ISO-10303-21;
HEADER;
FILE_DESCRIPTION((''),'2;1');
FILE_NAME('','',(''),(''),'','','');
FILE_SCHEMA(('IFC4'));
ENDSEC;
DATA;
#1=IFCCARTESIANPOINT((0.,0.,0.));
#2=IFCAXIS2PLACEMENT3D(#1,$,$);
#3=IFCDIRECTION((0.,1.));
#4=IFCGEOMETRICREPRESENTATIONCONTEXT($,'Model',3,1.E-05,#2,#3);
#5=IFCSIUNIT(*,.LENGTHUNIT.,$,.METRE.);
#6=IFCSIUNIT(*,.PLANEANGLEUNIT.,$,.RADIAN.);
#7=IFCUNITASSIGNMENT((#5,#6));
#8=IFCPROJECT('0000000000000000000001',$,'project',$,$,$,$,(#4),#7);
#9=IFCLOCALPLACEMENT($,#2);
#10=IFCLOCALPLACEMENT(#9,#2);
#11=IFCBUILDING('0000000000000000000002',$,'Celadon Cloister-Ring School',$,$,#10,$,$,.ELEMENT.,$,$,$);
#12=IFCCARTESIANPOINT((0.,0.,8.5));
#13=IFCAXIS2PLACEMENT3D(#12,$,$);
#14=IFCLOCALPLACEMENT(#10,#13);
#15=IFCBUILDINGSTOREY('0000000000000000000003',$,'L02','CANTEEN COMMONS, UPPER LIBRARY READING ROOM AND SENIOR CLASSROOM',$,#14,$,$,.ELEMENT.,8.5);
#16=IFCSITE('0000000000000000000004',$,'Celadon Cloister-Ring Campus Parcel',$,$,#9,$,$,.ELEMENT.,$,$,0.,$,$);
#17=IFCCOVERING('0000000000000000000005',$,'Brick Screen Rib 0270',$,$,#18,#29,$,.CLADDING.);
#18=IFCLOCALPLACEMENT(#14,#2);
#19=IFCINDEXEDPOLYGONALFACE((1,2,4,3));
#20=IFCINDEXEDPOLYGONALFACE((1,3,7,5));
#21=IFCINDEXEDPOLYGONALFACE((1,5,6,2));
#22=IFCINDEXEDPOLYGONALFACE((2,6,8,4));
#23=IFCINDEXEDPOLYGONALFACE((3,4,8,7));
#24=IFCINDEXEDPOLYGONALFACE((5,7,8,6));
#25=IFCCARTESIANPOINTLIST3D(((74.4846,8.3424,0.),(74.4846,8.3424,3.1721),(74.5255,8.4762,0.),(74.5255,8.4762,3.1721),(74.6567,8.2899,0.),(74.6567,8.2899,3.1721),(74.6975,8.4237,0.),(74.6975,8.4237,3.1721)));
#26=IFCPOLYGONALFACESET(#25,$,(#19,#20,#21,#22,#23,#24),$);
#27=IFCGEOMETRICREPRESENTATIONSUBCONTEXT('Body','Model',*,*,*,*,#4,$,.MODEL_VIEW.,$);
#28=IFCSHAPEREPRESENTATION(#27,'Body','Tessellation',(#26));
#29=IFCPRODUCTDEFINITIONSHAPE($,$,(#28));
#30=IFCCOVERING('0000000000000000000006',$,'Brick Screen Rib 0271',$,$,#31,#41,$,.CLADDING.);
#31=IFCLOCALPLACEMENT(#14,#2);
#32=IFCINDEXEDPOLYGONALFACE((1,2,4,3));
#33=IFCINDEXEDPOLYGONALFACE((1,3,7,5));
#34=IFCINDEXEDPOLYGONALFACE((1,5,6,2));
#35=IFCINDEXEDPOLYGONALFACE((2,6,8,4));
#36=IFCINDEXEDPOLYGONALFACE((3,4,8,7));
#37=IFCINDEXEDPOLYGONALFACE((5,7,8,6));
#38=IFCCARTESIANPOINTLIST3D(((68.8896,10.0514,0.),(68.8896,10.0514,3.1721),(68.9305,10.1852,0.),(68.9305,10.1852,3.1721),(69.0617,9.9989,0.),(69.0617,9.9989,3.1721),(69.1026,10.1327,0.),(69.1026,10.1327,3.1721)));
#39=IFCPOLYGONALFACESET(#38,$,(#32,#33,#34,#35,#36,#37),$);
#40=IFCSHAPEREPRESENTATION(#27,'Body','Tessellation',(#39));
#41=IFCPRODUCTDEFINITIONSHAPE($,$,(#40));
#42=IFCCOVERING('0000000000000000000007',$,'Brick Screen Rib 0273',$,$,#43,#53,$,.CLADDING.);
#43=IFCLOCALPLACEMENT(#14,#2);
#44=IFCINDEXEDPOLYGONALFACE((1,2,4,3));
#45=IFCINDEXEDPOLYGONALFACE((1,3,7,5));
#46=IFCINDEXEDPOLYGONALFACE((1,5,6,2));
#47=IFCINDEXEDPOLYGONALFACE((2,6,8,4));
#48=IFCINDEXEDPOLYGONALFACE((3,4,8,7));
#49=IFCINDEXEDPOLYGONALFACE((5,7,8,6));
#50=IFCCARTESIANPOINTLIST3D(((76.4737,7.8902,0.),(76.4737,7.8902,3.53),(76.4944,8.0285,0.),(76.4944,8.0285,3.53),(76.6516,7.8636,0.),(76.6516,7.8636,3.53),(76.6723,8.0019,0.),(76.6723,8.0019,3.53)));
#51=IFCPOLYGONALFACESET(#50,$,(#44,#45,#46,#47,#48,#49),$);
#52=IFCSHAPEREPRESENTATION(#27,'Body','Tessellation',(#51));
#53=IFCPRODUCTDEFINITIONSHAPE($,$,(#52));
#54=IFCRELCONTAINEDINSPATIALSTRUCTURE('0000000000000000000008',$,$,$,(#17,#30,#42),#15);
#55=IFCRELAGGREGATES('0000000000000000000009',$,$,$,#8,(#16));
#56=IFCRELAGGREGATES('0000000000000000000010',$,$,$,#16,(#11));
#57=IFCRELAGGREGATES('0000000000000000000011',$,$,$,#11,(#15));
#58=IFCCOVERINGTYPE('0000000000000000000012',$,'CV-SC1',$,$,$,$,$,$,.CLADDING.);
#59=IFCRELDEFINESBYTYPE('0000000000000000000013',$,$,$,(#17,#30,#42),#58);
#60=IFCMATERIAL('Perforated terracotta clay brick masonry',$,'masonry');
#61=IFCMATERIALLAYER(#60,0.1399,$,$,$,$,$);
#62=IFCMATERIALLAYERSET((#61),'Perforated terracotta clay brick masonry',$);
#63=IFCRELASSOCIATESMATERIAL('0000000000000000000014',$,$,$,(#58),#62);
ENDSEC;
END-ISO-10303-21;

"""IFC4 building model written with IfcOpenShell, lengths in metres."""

from ifc_helpers import new_model, si_unit, direction, frame, origin, origin_2d, place, context, subcontext, project, spatial, rectangle, extrude, material, layer, layer_set, type_object, element, save


model = new_model("IFC4")

# Units and contexts
model_context = context("Model", 3, precision=1e-05, world=origin(), true_north=direction((0.0, 1.0)))
body_context = subcontext(model_context, "Body", "Model", "MODEL_VIEW")
ifc_project = project(units=[si_unit("LENGTHUNIT", "METRE"), si_unit("PLANEANGLEUNIT", "RADIAN")], contexts=[model_context])

# Site, building, storey
site_placement = place(None, origin())
site = spatial("IfcSite", under=ifc_project, at=site_placement, Name="Celadon Cloister-Ring Campus Parcel", CompositionType="ELEMENT", RefElevation=0.0)
building_placement = place(site_placement, origin())
building = spatial("IfcBuilding", under=site, at=building_placement, Name="Celadon Cloister-Ring School", CompositionType="ELEMENT")
storey_placement = place(building_placement, frame((0.0, 0.0, 8.5)))
storey = spatial("IfcBuildingStorey", under=building, at=storey_placement, Name="L02", Description="CANTEEN COMMONS, UPPER LIBRARY READING ROOM AND SENIOR CLASSROOM", CompositionType="ELEMENT", Elevation=8.5)

# Coverings
ifc_material_1 = material(Name="Perforated terracotta clay brick masonry", Category="masonry")
ifc_layer_1 = layer(ifc_material_1, 0.1399)
ifc_layer_set_1 = layer_set([ifc_layer_1], Name="Perforated terracotta clay brick masonry")
covering_type = type_object("IfcCoveringType", Name="CV-SC1", PredefinedType="CLADDING", material=ifc_layer_set_1)
for number, where, z_axis, x_axis, name in (
    (1, (74.5911, 8.3831, 0.0), (0.0, 0.0, 1.0), (-0.956371, 0.292155, 0.0), "Brick Screen Rib 0270"),
    (2, (68.9961, 10.092, 0.0), (0.0, 0.0, 1.0), (-0.956371, 0.292155, 0.0), "Brick Screen Rib 0271"),
):
    element("IfcCovering", number, at=place(storey_placement, frame(where, z_axis=z_axis, x_axis=x_axis)), inside=storey, type_object=covering_type, Name=name, PredefinedType="CLADDING", context=body_context, shape_type="SweptSolid", body=[
        extrude(rectangle(XDim=0.1799, YDim=0.1399, at=origin_2d()), origin(), (0.0, 0.0, 1.0), 3.1721),
    ])
covering_placement = place(storey_placement, frame((76.573, 7.946, 0.0), z_axis=(0.0, 0.0, 1.0), x_axis=(-0.989029, 0.147723, 0.0)))
element("IfcCovering", 3, at=covering_placement, inside=storey, type_object=covering_type, Name="Brick Screen Rib 0273", PredefinedType="CLADDING", context=body_context, shape_type="SweptSolid", body=[
    extrude(rectangle(XDim=0.1799, YDim=0.1399, at=origin_2d()), origin(), (0.0, 0.0, 1.0), 3.53),
])

save(model, "model.ifc")
